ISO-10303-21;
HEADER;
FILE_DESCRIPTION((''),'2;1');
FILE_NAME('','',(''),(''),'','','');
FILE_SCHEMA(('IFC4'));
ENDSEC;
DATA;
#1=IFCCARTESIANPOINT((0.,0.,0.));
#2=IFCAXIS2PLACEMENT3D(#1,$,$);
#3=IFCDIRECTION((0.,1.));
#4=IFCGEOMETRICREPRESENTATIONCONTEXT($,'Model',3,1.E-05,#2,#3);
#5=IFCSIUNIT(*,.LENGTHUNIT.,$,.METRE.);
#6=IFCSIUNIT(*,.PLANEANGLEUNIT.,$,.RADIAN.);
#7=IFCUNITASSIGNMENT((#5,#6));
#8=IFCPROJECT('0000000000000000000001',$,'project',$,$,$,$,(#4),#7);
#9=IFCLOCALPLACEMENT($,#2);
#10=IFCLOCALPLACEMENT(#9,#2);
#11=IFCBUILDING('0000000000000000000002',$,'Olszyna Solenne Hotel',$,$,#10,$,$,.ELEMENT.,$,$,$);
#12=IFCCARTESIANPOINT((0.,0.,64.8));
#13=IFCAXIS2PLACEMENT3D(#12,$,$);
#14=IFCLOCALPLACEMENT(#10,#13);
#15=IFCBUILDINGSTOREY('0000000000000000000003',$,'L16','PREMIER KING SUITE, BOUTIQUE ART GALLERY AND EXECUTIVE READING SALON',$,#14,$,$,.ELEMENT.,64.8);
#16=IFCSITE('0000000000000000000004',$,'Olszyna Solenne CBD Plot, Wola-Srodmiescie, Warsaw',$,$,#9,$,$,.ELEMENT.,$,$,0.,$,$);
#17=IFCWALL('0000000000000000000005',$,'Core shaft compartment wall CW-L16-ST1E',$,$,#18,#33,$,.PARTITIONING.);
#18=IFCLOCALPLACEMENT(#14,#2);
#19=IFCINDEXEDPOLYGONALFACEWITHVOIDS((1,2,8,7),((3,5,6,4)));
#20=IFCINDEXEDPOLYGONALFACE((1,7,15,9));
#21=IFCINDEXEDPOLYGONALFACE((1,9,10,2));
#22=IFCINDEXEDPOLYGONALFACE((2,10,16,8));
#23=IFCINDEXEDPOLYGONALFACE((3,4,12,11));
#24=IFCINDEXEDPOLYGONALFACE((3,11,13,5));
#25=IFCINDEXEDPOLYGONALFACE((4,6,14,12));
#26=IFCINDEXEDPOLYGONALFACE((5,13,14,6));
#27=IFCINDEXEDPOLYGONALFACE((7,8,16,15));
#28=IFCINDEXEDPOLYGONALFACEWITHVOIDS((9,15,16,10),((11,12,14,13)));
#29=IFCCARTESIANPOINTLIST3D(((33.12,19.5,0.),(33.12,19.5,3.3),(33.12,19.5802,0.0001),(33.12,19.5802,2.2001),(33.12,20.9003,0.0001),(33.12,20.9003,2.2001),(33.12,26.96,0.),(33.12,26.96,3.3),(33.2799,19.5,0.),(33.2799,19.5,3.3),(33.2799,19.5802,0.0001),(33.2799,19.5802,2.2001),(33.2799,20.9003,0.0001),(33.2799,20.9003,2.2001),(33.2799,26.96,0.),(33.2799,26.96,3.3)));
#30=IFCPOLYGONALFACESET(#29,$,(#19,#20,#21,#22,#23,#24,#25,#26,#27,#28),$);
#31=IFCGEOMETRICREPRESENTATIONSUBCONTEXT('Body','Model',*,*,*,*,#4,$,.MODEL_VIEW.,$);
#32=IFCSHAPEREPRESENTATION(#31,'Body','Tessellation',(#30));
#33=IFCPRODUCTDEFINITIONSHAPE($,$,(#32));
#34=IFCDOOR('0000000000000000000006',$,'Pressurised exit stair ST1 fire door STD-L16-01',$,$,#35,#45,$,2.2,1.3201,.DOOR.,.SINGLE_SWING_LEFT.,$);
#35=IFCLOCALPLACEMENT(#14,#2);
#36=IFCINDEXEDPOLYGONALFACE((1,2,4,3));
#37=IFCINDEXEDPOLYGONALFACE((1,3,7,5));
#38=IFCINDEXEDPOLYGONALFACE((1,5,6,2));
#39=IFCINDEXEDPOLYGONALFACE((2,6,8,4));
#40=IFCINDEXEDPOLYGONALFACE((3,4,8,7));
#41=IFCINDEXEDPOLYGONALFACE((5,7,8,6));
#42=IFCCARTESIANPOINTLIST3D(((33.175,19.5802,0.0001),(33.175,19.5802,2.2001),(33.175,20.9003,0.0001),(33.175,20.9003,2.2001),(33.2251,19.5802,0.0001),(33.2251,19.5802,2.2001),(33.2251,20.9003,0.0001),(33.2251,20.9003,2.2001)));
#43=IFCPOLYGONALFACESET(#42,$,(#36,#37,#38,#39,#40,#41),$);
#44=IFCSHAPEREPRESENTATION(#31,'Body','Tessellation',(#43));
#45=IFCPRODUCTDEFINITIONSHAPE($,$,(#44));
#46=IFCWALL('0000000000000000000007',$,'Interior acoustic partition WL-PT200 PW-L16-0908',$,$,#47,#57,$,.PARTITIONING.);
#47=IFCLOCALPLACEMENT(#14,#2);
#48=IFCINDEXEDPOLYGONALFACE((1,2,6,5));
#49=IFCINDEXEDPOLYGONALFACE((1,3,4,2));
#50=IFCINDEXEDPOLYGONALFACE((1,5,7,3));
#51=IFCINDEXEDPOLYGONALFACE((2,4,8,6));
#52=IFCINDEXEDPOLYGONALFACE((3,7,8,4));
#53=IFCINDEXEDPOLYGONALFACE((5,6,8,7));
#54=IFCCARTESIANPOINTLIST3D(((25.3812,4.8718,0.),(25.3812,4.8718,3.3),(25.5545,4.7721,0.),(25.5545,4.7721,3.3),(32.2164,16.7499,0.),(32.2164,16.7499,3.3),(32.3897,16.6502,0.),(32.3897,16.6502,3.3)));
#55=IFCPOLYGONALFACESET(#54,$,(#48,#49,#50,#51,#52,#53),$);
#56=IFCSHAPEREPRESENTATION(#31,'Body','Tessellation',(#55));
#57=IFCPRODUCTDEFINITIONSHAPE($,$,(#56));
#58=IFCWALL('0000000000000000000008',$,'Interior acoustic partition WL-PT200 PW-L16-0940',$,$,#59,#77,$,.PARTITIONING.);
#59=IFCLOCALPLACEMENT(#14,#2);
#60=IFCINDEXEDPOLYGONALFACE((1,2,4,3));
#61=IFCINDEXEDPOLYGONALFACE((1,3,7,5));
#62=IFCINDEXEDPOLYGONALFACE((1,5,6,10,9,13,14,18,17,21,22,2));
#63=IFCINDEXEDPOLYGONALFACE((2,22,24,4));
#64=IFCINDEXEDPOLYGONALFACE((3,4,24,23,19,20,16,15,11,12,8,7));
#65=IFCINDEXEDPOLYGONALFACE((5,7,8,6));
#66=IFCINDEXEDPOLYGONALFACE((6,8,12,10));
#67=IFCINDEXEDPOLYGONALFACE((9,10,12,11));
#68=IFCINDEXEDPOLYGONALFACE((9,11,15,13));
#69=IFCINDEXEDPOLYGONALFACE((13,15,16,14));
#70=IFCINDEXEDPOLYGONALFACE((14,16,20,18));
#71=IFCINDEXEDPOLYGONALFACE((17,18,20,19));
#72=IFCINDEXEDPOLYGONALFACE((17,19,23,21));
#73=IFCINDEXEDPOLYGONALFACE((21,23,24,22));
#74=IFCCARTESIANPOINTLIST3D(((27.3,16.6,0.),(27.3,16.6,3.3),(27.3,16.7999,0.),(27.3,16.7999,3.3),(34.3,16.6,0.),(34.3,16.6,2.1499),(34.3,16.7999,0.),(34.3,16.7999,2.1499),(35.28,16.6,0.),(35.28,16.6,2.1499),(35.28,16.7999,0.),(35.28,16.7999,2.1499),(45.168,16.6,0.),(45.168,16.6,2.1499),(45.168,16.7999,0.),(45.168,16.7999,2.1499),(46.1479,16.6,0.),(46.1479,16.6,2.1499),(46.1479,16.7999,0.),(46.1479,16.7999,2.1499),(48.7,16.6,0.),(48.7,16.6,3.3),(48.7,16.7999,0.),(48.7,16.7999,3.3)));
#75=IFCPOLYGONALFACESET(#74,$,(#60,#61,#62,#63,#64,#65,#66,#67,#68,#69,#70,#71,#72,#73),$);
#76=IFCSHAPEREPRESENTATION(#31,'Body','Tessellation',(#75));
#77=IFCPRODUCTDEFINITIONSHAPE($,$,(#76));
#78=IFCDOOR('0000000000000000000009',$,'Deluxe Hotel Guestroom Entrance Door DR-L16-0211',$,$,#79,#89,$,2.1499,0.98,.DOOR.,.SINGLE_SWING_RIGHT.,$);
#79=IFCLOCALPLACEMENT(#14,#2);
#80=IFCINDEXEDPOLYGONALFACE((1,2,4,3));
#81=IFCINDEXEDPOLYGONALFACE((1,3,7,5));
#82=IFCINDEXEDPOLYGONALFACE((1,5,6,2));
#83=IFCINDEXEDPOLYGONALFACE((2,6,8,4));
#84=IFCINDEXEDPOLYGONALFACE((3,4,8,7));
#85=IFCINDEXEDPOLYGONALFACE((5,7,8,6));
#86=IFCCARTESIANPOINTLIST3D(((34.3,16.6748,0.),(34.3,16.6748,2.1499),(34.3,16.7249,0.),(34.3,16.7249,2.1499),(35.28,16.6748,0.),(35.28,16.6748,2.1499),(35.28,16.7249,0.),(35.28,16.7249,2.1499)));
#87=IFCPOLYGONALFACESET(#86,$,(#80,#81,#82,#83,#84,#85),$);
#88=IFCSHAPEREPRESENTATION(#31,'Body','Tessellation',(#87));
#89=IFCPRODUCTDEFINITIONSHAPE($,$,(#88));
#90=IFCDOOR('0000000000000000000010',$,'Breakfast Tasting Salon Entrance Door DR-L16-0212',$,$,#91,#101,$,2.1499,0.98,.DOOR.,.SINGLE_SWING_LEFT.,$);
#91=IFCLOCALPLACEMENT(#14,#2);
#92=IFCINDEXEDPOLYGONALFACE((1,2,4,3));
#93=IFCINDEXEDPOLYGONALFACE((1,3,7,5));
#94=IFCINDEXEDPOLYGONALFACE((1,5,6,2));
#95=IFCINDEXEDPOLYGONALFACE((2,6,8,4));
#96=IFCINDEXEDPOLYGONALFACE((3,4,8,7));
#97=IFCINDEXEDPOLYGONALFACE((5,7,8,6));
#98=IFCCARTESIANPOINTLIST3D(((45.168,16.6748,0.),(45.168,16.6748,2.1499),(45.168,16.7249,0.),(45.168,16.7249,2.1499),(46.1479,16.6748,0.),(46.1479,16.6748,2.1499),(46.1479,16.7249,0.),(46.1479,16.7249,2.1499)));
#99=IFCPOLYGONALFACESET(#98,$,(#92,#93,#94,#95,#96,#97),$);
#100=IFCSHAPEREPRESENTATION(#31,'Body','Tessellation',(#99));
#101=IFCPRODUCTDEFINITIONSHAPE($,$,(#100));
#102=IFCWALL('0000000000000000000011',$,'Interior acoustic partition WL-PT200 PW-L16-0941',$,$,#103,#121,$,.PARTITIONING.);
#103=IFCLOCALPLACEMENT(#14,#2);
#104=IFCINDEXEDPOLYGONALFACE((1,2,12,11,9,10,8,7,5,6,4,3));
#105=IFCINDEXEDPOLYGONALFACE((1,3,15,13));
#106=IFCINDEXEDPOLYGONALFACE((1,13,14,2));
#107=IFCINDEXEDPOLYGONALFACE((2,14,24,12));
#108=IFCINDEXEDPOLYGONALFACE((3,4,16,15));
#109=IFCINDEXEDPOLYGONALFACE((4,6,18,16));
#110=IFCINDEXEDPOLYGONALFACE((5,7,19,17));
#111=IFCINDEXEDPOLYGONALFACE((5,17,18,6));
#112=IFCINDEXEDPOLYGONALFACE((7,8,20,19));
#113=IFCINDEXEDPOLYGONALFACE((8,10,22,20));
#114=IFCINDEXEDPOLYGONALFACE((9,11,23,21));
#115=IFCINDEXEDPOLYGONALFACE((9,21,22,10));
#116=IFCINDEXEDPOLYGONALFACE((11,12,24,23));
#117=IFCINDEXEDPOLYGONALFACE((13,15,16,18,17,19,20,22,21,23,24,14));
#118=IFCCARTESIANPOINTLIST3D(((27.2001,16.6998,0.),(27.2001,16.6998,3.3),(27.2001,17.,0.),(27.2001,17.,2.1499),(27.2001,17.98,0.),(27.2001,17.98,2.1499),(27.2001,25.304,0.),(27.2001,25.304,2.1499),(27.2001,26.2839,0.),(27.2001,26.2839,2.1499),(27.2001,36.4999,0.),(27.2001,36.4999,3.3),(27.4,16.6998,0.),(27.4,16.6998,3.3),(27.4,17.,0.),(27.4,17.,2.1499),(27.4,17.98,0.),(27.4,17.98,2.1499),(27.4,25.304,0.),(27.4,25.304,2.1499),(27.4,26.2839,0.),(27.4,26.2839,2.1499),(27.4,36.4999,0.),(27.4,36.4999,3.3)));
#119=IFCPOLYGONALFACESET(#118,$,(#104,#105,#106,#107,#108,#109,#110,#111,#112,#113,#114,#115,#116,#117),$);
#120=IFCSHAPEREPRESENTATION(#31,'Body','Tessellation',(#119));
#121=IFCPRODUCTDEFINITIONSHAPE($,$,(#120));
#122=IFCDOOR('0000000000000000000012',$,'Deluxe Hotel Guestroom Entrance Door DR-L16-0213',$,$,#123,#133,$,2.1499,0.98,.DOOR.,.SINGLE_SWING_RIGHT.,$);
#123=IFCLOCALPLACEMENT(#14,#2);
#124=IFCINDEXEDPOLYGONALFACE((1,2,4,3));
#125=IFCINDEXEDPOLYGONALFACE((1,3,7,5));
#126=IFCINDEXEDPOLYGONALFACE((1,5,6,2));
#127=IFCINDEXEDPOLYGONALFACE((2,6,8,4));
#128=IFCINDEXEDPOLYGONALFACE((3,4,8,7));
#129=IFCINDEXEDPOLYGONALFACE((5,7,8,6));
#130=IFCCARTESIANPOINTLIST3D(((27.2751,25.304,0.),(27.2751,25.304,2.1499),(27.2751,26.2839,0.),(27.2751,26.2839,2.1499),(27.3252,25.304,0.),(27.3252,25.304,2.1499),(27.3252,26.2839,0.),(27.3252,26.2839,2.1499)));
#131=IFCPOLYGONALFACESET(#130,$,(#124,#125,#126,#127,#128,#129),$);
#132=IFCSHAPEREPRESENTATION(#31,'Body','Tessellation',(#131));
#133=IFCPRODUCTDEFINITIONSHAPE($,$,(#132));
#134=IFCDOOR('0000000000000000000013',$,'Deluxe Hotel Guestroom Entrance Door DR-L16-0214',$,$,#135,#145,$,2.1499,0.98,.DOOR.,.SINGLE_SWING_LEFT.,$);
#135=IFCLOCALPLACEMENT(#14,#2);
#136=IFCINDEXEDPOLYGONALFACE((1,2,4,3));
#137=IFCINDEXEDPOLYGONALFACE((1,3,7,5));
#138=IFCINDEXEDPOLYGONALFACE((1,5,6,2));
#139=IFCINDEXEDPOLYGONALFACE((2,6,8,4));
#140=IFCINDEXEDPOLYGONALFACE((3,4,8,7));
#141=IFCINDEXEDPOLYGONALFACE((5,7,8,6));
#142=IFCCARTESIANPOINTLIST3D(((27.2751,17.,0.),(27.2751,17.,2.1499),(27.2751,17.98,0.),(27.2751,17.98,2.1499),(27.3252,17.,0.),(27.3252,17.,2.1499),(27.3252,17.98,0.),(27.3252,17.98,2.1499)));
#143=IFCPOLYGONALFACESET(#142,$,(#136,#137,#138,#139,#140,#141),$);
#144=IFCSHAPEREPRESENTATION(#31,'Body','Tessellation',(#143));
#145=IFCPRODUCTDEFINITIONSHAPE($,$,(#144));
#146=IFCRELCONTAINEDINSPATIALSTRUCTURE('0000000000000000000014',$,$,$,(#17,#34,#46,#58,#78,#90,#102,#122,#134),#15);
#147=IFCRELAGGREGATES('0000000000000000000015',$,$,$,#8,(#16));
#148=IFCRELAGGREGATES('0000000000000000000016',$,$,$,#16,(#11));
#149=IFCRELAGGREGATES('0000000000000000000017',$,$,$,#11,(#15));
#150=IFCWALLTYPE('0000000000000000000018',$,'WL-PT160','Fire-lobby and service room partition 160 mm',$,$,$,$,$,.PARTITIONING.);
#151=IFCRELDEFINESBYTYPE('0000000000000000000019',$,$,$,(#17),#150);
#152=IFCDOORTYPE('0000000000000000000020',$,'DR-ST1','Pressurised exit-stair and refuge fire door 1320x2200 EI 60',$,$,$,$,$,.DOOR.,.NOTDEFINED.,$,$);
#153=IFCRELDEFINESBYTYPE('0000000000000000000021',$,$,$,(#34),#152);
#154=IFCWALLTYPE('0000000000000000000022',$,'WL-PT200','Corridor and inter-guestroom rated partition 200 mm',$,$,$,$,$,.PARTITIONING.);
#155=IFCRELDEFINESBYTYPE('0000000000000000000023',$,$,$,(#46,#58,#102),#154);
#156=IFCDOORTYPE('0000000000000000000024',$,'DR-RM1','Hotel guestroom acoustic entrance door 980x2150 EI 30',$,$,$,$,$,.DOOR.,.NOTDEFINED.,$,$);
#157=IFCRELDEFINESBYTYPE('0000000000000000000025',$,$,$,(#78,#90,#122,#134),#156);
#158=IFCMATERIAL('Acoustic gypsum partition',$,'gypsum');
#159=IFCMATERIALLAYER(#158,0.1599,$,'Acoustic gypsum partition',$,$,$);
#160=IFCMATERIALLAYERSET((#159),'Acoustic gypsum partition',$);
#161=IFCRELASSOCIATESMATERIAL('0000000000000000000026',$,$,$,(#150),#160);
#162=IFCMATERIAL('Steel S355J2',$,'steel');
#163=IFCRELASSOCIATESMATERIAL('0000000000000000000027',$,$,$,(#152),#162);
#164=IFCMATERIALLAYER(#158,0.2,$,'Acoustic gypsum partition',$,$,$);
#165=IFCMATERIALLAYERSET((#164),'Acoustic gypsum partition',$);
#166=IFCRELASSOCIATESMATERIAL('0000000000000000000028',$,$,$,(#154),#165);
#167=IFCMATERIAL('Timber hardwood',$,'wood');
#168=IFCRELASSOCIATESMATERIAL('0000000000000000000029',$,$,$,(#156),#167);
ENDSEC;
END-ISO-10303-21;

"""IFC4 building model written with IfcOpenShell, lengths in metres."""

from ifc_helpers import new_model, si_unit, direction, frame, frame_2d, origin, place, context, subcontext, project, spatial, rectangle, extrude, source, transform, mapped, material, layer, layer_set, type_object, type_shapes, element, fill, save


model = new_model("IFC4")

# Units and contexts
model_context = context("Model", 3, precision=1e-05, world=origin(), true_north=direction((0.0, 1.0)))
body_context = subcontext(model_context, "Body", "Model", "MODEL_VIEW")
ifc_project = project(units=[si_unit("LENGTHUNIT", "METRE"), si_unit("PLANEANGLEUNIT", "RADIAN")], contexts=[model_context])

# Site, building, storey
site_placement = place(None, origin())
site = spatial("IfcSite", under=ifc_project, at=site_placement, Name="Olszyna Solenne CBD Plot, Wola-Srodmiescie, Warsaw", CompositionType="ELEMENT", RefElevation=0.0)
building_placement = place(site_placement, origin())
building = spatial("IfcBuilding", under=site, at=building_placement, Name="Olszyna Solenne Hotel", CompositionType="ELEMENT")
storey_placement = place(building_placement, frame((0.0, 0.0, 64.8)))
storey = spatial("IfcBuildingStorey", under=building, at=storey_placement, Name="L16", Description="PREMIER KING SUITE, BOUTIQUE ART GALLERY AND EXECUTIVE READING SALON", CompositionType="ELEMENT", Elevation=64.8)

# Shared definitions
ifc_material_1 = material(Name="Steel S355J2", Category="steel")

# Shared definitions
ifc_material_2 = material(Name="Timber hardwood", Category="wood")

# Shared definitions
ifc_material_3 = material(Name="Acoustic gypsum partition", Category="gypsum")

# Wall, opening, door
ifc_layer_1 = layer(ifc_material_3, 0.1599, Name="Acoustic gypsum partition")
ifc_layer_set_1 = layer_set([ifc_layer_1], Name="Acoustic gypsum partition")
wall_type_1 = type_object("IfcWallType", Name="WL-PT160", Description="Fire-lobby and service room partition 160 mm", PredefinedType="PARTITIONING", material=ifc_layer_set_1)
wall_1_placement = place(storey_placement, frame((33.2, 19.5, 0.0), z_axis=(0.0, 0.0, 1.0), x_axis=(0.0, 1.0, 0.0)))
wall_1 = element("IfcWall", 1, at=wall_1_placement, inside=storey, type_object=wall_type_1, Name="Core shaft compartment wall CW-L16-ST1E", PredefinedType="PARTITIONING", context=body_context, shape_type="SweptSolid", body=[
    extrude(rectangle(XDim=7.46, YDim=0.1599, at=frame_2d((3.73, 0.0))), origin(), (0.0, 0.0, 1.0), 3.3),
])
opening_1_placement = place(wall_1_placement, frame((0.0801, 0.0, 0.0)))
opening_1 = element("IfcOpeningElement", 2, at=opening_1_placement, cuts=wall_1, PredefinedType="OPENING", context=body_context, shape_type="SweptSolid", body=[
    extrude(rectangle(XDim=1.3201, YDim=2.2, at=frame_2d((0.6602, 1.1001))), frame((0.0, 0.0898, 0.0), z_axis=(0.0, -1.0, 0.0), x_axis=(1.0, 0.0, 0.0)), (0.0, 0.0, 1.0), 0.1799),
])
door_type_1 = type_object("IfcDoorType", Name="DR-ST1", Description="Pressurised exit-stair and refuge fire door 1320x2200 EI 60", OperationType="NOTDEFINED", PredefinedType="DOOR", material=ifc_material_1)
shared_shape_1 = source(origin(), body_context, "Body", "SweptSolid", [
    extrude(rectangle(XDim=1.3201, YDim=2.2, at=frame_2d((0.6602, 1.1001))), frame((0.0, 0.0249, 0.0), z_axis=(0.0, -1.0, 0.0), x_axis=(1.0, 0.0, 0.0)), (0.0, 0.0, 1.0), 0.05),
])
type_shapes(door_type_1, [shared_shape_1])
door_1_placement = place(opening_1_placement, origin())
door_1 = element("IfcDoor", 3, at=door_1_placement, inside=storey, type_object=door_type_1, Name="Pressurised exit stair ST1 fire door STD-L16-01", OperationType="SINGLE_SWING_LEFT", OverallHeight=2.2, OverallWidth=1.3201, PredefinedType="DOOR", context=body_context, shape_type="MappedRepresentation", body=[
    mapped(shared_shape_1, transform((0.0, 0.0, 0.0), x_axis=(1.0, 0.0, 0.0), y_axis=(0.0, 1.0, 0.0), z_axis=(0.0, 0.0, 1.0), scale=1.0)),
])
fill(opening_1, door_1)

# Wall
ifc_layer_2 = layer(ifc_material_3, 0.2, Name="Acoustic gypsum partition")
ifc_layer_set_2 = layer_set([ifc_layer_2], Name="Acoustic gypsum partition")
wall_type_2 = type_object("IfcWallType", Name="WL-PT200", Description="Corridor and inter-guestroom rated partition 200 mm", PredefinedType="PARTITIONING", material=ifc_layer_set_2)
wall_2_placement = place(storey_placement, frame((32.303, 16.7, 0.0), z_axis=(0.0, 0.0, 1.0), x_axis=(-0.498759, -0.866741, 0.0)))
element("IfcWall", 4, at=wall_2_placement, inside=storey, type_object=wall_type_2, Name="Interior acoustic partition WL-PT200 PW-L16-0908", PredefinedType="PARTITIONING", context=body_context, shape_type="SweptSolid", body=[
    extrude(rectangle(XDim=13.7043, YDim=0.2, at=frame_2d((6.8521, 0.0))), origin(), (0.0, 0.0, 1.0), 3.3),
])

# Walls, openings, doors
wall_3_placement = place(storey_placement, frame((27.3, 16.7, 0.0), z_axis=(0.0, 0.0, 1.0), x_axis=(1.0, 0.0, 0.0)))
wall_3 = element("IfcWall", 5, at=wall_3_placement, inside=storey, type_object=wall_type_2, Name="Interior acoustic partition WL-PT200 PW-L16-0940", PredefinedType="PARTITIONING", context=body_context, shape_type="SweptSolid", body=[
    extrude(rectangle(XDim=21.3999, YDim=0.2, at=frame_2d((10.7, 0.0))), origin(), (0.0, 0.0, 1.0), 3.3),
])
opening_2_placement = place(wall_3_placement, frame((7.0, 0.0, 0.0)))
opening_2 = element("IfcOpeningElement", 6, at=opening_2_placement, cuts=wall_3, PredefinedType="OPENING", context=body_context, shape_type="SweptSolid", body=[
    extrude(rectangle(XDim=0.98, YDim=2.1499, at=frame_2d((0.49, 1.075))), frame((0.0, 0.1099, 0.0), z_axis=(0.0, -1.0, 0.0), x_axis=(1.0, 0.0, 0.0)), (0.0, 0.0, 1.0), 0.22),
])
opening_3_placement = place(wall_3_placement, frame((17.8679, 0.0, 0.0)))
opening_3 = element("IfcOpeningElement", 7, at=opening_3_placement, cuts=wall_3, PredefinedType="OPENING", context=body_context, shape_type="SweptSolid", body=[
    extrude(rectangle(XDim=0.98, YDim=2.1499, at=frame_2d((0.49, 1.075))), frame((0.0, 0.1099, 0.0), z_axis=(0.0, -1.0, 0.0), x_axis=(1.0, 0.0, 0.0)), (0.0, 0.0, 1.0), 0.22),
])
door_type_2 = type_object("IfcDoorType", Name="DR-RM1", Description="Hotel guestroom acoustic entrance door 980x2150 EI 30", OperationType="NOTDEFINED", PredefinedType="DOOR", material=ifc_material_2)
shared_shape_2 = source(origin(), body_context, "Body", "SweptSolid", [
    extrude(rectangle(XDim=0.98, YDim=2.1499, at=frame_2d((0.49, 1.075))), frame((0.0, 0.0249, 0.0), z_axis=(0.0, -1.0, 0.0), x_axis=(1.0, 0.0, 0.0)), (0.0, 0.0, 1.0), 0.05),
])
type_shapes(door_type_2, [shared_shape_2])
door_2_placement = place(opening_2_placement, origin())
door_2 = element("IfcDoor", 8, at=door_2_placement, inside=storey, type_object=door_type_2, Name="Deluxe Hotel Guestroom Entrance Door DR-L16-0211", OperationType="SINGLE_SWING_RIGHT", OverallHeight=2.1499, OverallWidth=0.98, PredefinedType="DOOR", context=body_context, shape_type="MappedRepresentation", body=[
    mapped(shared_shape_2, transform((0.0, 0.0, 0.0), x_axis=(1.0, 0.0, 0.0), y_axis=(0.0, 1.0, 0.0), z_axis=(0.0, 0.0, 1.0), scale=1.0)),
])
fill(opening_2, door_2)
door_3_placement = place(opening_3_placement, origin())
door_3 = element("IfcDoor", 9, at=door_3_placement, inside=storey, type_object=door_type_2, Name="Breakfast Tasting Salon Entrance Door DR-L16-0212", OperationType="SINGLE_SWING_LEFT", OverallHeight=2.1499, OverallWidth=0.98, PredefinedType="DOOR", context=body_context, shape_type="MappedRepresentation", body=[
    mapped(shared_shape_2, transform((0.0, 0.0, 0.0), x_axis=(1.0, 0.0, 0.0), y_axis=(0.0, 1.0, 0.0), z_axis=(0.0, 0.0, 1.0), scale=1.0)),
])
fill(opening_3, door_3)
wall_4_placement = place(storey_placement, frame((27.3, 16.7, 0.0), z_axis=(0.0, 0.0, 1.0), x_axis=(0.0, 1.0, 0.0)))
wall_4 = element("IfcWall", 10, at=wall_4_placement, inside=storey, type_object=wall_type_2, Name="Interior acoustic partition WL-PT200 PW-L16-0941", PredefinedType="PARTITIONING", context=body_context, shape_type="SweptSolid", body=[
    extrude(rectangle(XDim=19.8, YDim=0.2, at=frame_2d((9.8999, 0.0))), origin(), (0.0, 0.0, 1.0), 3.3),
])
opening_4_placement = place(wall_4_placement, frame((8.604, 0.0, 0.0)))
opening_4 = element("IfcOpeningElement", 11, at=opening_4_placement, cuts=wall_4, PredefinedType="OPENING", context=body_context, shape_type="SweptSolid", body=[
    extrude(rectangle(XDim=0.98, YDim=2.1499, at=frame_2d((0.49, 1.075))), frame((0.0, 0.1099, 0.0), z_axis=(0.0, -1.0, 0.0), x_axis=(1.0, 0.0, 0.0)), (0.0, 0.0, 1.0), 0.22),
])
opening_5_placement = place(wall_4_placement, frame((0.3, 0.0, 0.0)))
opening_5 = element("IfcOpeningElement", 12, at=opening_5_placement, cuts=wall_4, PredefinedType="OPENING", context=body_context, shape_type="SweptSolid", body=[
    extrude(rectangle(XDim=0.98, YDim=2.1499, at=frame_2d((0.49, 1.075))), frame((0.0, 0.1099, 0.0), z_axis=(0.0, -1.0, 0.0), x_axis=(1.0, 0.0, 0.0)), (0.0, 0.0, 1.0), 0.22),
])
door_4_placement = place(opening_4_placement, origin())
door_4 = element("IfcDoor", 13, at=door_4_placement, inside=storey, type_object=door_type_2, Name="Deluxe Hotel Guestroom Entrance Door DR-L16-0213", OperationType="SINGLE_SWING_RIGHT", OverallHeight=2.1499, OverallWidth=0.98, PredefinedType="DOOR", context=body_context, shape_type="MappedRepresentation", body=[
    mapped(shared_shape_2, transform((0.0, 0.0, 0.0), x_axis=(1.0, 0.0, 0.0), y_axis=(0.0, 1.0, 0.0), z_axis=(0.0, 0.0, 1.0), scale=1.0)),
])
fill(opening_4, door_4)
door_5_placement = place(opening_5_placement, origin())
door_5 = element("IfcDoor", 14, at=door_5_placement, inside=storey, type_object=door_type_2, Name="Deluxe Hotel Guestroom Entrance Door DR-L16-0214", OperationType="SINGLE_SWING_LEFT", OverallHeight=2.1499, OverallWidth=0.98, PredefinedType="DOOR", context=body_context, shape_type="MappedRepresentation", body=[
    mapped(shared_shape_2, transform((0.0, 0.0, 0.0), x_axis=(1.0, 0.0, 0.0), y_axis=(0.0, 1.0, 0.0), z_axis=(0.0, 0.0, 1.0), scale=1.0)),
])
fill(opening_5, door_5)

save(model, "model.ifc")
